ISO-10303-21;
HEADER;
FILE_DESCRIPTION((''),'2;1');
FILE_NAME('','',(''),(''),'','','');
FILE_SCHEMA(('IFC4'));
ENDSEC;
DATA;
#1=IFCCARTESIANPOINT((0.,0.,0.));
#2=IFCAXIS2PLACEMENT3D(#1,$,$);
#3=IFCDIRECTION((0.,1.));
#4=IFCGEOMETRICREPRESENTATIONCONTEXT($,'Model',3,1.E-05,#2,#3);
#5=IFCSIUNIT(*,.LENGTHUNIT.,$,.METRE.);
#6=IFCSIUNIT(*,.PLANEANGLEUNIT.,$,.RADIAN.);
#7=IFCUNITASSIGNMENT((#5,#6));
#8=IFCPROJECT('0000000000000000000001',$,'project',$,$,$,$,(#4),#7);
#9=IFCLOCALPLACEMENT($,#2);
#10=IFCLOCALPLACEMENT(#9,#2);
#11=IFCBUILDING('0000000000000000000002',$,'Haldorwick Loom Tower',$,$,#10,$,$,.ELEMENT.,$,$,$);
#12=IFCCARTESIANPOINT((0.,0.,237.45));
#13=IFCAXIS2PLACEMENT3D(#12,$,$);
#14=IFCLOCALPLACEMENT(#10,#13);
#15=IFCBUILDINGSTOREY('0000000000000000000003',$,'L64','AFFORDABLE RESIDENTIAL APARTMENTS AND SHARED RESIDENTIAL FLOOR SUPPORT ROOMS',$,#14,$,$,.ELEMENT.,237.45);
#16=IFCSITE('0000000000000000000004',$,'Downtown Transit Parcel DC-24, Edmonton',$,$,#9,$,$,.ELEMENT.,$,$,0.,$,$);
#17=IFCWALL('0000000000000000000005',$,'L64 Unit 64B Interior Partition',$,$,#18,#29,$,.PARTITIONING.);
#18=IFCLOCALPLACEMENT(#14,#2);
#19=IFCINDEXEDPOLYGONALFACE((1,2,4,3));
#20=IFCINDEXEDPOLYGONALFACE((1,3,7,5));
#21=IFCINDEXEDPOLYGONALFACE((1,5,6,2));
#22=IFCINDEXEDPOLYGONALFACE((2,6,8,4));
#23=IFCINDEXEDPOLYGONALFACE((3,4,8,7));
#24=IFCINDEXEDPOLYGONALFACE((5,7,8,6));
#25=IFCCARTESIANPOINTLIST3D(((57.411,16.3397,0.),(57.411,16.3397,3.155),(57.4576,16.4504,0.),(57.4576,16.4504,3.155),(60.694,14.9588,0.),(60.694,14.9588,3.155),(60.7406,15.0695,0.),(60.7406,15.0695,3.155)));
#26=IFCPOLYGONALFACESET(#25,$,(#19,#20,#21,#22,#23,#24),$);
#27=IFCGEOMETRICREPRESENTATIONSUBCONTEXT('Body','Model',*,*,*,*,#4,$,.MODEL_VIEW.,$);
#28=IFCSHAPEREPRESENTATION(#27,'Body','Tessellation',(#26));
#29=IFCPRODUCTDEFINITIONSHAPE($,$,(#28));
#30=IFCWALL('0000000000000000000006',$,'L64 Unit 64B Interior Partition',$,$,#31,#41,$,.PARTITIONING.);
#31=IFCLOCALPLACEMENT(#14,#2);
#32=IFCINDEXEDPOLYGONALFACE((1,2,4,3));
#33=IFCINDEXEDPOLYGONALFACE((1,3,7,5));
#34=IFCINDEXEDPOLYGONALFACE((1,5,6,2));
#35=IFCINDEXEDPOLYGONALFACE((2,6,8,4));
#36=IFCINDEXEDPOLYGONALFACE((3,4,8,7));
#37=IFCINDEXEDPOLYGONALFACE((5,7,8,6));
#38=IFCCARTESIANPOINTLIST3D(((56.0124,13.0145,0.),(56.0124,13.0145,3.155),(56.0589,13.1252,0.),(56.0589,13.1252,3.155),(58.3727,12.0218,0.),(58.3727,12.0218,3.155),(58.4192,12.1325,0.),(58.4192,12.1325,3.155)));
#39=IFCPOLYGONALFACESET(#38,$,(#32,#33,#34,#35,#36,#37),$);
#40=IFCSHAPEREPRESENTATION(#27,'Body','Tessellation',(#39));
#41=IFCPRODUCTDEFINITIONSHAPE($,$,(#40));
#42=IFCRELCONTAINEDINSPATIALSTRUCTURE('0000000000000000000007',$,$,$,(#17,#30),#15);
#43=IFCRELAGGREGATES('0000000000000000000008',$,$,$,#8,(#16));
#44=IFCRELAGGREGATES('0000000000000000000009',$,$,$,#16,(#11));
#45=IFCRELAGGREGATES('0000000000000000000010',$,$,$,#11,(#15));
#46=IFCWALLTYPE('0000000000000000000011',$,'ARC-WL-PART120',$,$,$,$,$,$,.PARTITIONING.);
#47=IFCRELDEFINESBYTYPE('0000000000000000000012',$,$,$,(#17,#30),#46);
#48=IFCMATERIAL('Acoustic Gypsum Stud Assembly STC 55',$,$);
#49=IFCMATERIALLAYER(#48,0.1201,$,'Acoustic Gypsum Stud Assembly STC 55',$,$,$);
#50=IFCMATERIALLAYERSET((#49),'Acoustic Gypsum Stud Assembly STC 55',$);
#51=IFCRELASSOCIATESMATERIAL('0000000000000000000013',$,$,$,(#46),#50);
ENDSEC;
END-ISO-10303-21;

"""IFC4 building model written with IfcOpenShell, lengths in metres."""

from ifc_helpers import new_model, si_unit, direction, frame, frame_2d, origin, place, context, subcontext, project, spatial, rectangle, extrude, material, layer, layer_set, type_object, element, save


model = new_model("IFC4")

# Units and contexts
model_context = context("Model", 3, precision=1e-05, world=origin(), true_north=direction((0.0, 1.0)))
body_context = subcontext(model_context, "Body", "Model", "MODEL_VIEW")
ifc_project = project(units=[si_unit("LENGTHUNIT", "METRE"), si_unit("PLANEANGLEUNIT", "RADIAN")], contexts=[model_context])

# Site, building, storey
site_placement = place(None, origin())
site = spatial("IfcSite", under=ifc_project, at=site_placement, Name="Downtown Transit Parcel DC-24, Edmonton", CompositionType="ELEMENT", RefElevation=0.0)
building_placement = place(site_placement, origin())
building = spatial("IfcBuilding", under=site, at=building_placement, Name="Haldorwick Loom Tower", CompositionType="ELEMENT")
storey_placement = place(building_placement, frame((0.0, 0.0, 237.45)))
storey = spatial("IfcBuildingStorey", under=building, at=storey_placement, Name="L64", Description="AFFORDABLE RESIDENTIAL APARTMENTS AND SHARED RESIDENTIAL FLOOR SUPPORT ROOMS", CompositionType="ELEMENT", Elevation=237.45)

# Shared definitions
ifc_material_1 = material(Name="Acoustic Gypsum Stud Assembly STC 55")
ifc_layer_1 = layer(ifc_material_1, 0.1201, Name="Acoustic Gypsum Stud Assembly STC 55")
ifc_layer_set_1 = layer_set([ifc_layer_1], Name="Acoustic Gypsum Stud Assembly STC 55")
wall_type_1 = type_object("IfcWallType", Name="ARC-WL-PART120", PredefinedType="PARTITIONING", material=ifc_layer_set_1)

# Walls
wall_1_placement = place(storey_placement, frame((57.4343, 16.395, 0.0), z_axis=(0.0, 0.0, 1.0), x_axis=(0.92178, -0.387714, 0.0)))
element("IfcWall", 1, at=wall_1_placement, inside=storey, type_object=wall_type_1, Name="L64 Unit 64B Interior Partition", PredefinedType="PARTITIONING", context=body_context, shape_type="SweptSolid", body=[
    extrude(rectangle(XDim=3.5615, YDim=0.1201, at=frame_2d((1.7808, 0.0))), origin(), (0.0, 0.0, 1.0), 3.155),
])
wall_2_placement = place(storey_placement, frame((56.0356, 13.0698, 0.0), z_axis=(0.0, 0.0, 1.0), x_axis=(0.921797, -0.387673, 0.0)))
element("IfcWall", 2, at=wall_2_placement, inside=storey, type_object=wall_type_1, Name="L64 Unit 64B Interior Partition", PredefinedType="PARTITIONING", context=body_context, shape_type="SweptSolid", body=[
    extrude(rectangle(XDim=2.5605, YDim=0.1201, at=frame_2d((1.2803, 0.0))), origin(), (0.0, 0.0, 1.0), 3.155),
])

save(model, "model.ifc")
